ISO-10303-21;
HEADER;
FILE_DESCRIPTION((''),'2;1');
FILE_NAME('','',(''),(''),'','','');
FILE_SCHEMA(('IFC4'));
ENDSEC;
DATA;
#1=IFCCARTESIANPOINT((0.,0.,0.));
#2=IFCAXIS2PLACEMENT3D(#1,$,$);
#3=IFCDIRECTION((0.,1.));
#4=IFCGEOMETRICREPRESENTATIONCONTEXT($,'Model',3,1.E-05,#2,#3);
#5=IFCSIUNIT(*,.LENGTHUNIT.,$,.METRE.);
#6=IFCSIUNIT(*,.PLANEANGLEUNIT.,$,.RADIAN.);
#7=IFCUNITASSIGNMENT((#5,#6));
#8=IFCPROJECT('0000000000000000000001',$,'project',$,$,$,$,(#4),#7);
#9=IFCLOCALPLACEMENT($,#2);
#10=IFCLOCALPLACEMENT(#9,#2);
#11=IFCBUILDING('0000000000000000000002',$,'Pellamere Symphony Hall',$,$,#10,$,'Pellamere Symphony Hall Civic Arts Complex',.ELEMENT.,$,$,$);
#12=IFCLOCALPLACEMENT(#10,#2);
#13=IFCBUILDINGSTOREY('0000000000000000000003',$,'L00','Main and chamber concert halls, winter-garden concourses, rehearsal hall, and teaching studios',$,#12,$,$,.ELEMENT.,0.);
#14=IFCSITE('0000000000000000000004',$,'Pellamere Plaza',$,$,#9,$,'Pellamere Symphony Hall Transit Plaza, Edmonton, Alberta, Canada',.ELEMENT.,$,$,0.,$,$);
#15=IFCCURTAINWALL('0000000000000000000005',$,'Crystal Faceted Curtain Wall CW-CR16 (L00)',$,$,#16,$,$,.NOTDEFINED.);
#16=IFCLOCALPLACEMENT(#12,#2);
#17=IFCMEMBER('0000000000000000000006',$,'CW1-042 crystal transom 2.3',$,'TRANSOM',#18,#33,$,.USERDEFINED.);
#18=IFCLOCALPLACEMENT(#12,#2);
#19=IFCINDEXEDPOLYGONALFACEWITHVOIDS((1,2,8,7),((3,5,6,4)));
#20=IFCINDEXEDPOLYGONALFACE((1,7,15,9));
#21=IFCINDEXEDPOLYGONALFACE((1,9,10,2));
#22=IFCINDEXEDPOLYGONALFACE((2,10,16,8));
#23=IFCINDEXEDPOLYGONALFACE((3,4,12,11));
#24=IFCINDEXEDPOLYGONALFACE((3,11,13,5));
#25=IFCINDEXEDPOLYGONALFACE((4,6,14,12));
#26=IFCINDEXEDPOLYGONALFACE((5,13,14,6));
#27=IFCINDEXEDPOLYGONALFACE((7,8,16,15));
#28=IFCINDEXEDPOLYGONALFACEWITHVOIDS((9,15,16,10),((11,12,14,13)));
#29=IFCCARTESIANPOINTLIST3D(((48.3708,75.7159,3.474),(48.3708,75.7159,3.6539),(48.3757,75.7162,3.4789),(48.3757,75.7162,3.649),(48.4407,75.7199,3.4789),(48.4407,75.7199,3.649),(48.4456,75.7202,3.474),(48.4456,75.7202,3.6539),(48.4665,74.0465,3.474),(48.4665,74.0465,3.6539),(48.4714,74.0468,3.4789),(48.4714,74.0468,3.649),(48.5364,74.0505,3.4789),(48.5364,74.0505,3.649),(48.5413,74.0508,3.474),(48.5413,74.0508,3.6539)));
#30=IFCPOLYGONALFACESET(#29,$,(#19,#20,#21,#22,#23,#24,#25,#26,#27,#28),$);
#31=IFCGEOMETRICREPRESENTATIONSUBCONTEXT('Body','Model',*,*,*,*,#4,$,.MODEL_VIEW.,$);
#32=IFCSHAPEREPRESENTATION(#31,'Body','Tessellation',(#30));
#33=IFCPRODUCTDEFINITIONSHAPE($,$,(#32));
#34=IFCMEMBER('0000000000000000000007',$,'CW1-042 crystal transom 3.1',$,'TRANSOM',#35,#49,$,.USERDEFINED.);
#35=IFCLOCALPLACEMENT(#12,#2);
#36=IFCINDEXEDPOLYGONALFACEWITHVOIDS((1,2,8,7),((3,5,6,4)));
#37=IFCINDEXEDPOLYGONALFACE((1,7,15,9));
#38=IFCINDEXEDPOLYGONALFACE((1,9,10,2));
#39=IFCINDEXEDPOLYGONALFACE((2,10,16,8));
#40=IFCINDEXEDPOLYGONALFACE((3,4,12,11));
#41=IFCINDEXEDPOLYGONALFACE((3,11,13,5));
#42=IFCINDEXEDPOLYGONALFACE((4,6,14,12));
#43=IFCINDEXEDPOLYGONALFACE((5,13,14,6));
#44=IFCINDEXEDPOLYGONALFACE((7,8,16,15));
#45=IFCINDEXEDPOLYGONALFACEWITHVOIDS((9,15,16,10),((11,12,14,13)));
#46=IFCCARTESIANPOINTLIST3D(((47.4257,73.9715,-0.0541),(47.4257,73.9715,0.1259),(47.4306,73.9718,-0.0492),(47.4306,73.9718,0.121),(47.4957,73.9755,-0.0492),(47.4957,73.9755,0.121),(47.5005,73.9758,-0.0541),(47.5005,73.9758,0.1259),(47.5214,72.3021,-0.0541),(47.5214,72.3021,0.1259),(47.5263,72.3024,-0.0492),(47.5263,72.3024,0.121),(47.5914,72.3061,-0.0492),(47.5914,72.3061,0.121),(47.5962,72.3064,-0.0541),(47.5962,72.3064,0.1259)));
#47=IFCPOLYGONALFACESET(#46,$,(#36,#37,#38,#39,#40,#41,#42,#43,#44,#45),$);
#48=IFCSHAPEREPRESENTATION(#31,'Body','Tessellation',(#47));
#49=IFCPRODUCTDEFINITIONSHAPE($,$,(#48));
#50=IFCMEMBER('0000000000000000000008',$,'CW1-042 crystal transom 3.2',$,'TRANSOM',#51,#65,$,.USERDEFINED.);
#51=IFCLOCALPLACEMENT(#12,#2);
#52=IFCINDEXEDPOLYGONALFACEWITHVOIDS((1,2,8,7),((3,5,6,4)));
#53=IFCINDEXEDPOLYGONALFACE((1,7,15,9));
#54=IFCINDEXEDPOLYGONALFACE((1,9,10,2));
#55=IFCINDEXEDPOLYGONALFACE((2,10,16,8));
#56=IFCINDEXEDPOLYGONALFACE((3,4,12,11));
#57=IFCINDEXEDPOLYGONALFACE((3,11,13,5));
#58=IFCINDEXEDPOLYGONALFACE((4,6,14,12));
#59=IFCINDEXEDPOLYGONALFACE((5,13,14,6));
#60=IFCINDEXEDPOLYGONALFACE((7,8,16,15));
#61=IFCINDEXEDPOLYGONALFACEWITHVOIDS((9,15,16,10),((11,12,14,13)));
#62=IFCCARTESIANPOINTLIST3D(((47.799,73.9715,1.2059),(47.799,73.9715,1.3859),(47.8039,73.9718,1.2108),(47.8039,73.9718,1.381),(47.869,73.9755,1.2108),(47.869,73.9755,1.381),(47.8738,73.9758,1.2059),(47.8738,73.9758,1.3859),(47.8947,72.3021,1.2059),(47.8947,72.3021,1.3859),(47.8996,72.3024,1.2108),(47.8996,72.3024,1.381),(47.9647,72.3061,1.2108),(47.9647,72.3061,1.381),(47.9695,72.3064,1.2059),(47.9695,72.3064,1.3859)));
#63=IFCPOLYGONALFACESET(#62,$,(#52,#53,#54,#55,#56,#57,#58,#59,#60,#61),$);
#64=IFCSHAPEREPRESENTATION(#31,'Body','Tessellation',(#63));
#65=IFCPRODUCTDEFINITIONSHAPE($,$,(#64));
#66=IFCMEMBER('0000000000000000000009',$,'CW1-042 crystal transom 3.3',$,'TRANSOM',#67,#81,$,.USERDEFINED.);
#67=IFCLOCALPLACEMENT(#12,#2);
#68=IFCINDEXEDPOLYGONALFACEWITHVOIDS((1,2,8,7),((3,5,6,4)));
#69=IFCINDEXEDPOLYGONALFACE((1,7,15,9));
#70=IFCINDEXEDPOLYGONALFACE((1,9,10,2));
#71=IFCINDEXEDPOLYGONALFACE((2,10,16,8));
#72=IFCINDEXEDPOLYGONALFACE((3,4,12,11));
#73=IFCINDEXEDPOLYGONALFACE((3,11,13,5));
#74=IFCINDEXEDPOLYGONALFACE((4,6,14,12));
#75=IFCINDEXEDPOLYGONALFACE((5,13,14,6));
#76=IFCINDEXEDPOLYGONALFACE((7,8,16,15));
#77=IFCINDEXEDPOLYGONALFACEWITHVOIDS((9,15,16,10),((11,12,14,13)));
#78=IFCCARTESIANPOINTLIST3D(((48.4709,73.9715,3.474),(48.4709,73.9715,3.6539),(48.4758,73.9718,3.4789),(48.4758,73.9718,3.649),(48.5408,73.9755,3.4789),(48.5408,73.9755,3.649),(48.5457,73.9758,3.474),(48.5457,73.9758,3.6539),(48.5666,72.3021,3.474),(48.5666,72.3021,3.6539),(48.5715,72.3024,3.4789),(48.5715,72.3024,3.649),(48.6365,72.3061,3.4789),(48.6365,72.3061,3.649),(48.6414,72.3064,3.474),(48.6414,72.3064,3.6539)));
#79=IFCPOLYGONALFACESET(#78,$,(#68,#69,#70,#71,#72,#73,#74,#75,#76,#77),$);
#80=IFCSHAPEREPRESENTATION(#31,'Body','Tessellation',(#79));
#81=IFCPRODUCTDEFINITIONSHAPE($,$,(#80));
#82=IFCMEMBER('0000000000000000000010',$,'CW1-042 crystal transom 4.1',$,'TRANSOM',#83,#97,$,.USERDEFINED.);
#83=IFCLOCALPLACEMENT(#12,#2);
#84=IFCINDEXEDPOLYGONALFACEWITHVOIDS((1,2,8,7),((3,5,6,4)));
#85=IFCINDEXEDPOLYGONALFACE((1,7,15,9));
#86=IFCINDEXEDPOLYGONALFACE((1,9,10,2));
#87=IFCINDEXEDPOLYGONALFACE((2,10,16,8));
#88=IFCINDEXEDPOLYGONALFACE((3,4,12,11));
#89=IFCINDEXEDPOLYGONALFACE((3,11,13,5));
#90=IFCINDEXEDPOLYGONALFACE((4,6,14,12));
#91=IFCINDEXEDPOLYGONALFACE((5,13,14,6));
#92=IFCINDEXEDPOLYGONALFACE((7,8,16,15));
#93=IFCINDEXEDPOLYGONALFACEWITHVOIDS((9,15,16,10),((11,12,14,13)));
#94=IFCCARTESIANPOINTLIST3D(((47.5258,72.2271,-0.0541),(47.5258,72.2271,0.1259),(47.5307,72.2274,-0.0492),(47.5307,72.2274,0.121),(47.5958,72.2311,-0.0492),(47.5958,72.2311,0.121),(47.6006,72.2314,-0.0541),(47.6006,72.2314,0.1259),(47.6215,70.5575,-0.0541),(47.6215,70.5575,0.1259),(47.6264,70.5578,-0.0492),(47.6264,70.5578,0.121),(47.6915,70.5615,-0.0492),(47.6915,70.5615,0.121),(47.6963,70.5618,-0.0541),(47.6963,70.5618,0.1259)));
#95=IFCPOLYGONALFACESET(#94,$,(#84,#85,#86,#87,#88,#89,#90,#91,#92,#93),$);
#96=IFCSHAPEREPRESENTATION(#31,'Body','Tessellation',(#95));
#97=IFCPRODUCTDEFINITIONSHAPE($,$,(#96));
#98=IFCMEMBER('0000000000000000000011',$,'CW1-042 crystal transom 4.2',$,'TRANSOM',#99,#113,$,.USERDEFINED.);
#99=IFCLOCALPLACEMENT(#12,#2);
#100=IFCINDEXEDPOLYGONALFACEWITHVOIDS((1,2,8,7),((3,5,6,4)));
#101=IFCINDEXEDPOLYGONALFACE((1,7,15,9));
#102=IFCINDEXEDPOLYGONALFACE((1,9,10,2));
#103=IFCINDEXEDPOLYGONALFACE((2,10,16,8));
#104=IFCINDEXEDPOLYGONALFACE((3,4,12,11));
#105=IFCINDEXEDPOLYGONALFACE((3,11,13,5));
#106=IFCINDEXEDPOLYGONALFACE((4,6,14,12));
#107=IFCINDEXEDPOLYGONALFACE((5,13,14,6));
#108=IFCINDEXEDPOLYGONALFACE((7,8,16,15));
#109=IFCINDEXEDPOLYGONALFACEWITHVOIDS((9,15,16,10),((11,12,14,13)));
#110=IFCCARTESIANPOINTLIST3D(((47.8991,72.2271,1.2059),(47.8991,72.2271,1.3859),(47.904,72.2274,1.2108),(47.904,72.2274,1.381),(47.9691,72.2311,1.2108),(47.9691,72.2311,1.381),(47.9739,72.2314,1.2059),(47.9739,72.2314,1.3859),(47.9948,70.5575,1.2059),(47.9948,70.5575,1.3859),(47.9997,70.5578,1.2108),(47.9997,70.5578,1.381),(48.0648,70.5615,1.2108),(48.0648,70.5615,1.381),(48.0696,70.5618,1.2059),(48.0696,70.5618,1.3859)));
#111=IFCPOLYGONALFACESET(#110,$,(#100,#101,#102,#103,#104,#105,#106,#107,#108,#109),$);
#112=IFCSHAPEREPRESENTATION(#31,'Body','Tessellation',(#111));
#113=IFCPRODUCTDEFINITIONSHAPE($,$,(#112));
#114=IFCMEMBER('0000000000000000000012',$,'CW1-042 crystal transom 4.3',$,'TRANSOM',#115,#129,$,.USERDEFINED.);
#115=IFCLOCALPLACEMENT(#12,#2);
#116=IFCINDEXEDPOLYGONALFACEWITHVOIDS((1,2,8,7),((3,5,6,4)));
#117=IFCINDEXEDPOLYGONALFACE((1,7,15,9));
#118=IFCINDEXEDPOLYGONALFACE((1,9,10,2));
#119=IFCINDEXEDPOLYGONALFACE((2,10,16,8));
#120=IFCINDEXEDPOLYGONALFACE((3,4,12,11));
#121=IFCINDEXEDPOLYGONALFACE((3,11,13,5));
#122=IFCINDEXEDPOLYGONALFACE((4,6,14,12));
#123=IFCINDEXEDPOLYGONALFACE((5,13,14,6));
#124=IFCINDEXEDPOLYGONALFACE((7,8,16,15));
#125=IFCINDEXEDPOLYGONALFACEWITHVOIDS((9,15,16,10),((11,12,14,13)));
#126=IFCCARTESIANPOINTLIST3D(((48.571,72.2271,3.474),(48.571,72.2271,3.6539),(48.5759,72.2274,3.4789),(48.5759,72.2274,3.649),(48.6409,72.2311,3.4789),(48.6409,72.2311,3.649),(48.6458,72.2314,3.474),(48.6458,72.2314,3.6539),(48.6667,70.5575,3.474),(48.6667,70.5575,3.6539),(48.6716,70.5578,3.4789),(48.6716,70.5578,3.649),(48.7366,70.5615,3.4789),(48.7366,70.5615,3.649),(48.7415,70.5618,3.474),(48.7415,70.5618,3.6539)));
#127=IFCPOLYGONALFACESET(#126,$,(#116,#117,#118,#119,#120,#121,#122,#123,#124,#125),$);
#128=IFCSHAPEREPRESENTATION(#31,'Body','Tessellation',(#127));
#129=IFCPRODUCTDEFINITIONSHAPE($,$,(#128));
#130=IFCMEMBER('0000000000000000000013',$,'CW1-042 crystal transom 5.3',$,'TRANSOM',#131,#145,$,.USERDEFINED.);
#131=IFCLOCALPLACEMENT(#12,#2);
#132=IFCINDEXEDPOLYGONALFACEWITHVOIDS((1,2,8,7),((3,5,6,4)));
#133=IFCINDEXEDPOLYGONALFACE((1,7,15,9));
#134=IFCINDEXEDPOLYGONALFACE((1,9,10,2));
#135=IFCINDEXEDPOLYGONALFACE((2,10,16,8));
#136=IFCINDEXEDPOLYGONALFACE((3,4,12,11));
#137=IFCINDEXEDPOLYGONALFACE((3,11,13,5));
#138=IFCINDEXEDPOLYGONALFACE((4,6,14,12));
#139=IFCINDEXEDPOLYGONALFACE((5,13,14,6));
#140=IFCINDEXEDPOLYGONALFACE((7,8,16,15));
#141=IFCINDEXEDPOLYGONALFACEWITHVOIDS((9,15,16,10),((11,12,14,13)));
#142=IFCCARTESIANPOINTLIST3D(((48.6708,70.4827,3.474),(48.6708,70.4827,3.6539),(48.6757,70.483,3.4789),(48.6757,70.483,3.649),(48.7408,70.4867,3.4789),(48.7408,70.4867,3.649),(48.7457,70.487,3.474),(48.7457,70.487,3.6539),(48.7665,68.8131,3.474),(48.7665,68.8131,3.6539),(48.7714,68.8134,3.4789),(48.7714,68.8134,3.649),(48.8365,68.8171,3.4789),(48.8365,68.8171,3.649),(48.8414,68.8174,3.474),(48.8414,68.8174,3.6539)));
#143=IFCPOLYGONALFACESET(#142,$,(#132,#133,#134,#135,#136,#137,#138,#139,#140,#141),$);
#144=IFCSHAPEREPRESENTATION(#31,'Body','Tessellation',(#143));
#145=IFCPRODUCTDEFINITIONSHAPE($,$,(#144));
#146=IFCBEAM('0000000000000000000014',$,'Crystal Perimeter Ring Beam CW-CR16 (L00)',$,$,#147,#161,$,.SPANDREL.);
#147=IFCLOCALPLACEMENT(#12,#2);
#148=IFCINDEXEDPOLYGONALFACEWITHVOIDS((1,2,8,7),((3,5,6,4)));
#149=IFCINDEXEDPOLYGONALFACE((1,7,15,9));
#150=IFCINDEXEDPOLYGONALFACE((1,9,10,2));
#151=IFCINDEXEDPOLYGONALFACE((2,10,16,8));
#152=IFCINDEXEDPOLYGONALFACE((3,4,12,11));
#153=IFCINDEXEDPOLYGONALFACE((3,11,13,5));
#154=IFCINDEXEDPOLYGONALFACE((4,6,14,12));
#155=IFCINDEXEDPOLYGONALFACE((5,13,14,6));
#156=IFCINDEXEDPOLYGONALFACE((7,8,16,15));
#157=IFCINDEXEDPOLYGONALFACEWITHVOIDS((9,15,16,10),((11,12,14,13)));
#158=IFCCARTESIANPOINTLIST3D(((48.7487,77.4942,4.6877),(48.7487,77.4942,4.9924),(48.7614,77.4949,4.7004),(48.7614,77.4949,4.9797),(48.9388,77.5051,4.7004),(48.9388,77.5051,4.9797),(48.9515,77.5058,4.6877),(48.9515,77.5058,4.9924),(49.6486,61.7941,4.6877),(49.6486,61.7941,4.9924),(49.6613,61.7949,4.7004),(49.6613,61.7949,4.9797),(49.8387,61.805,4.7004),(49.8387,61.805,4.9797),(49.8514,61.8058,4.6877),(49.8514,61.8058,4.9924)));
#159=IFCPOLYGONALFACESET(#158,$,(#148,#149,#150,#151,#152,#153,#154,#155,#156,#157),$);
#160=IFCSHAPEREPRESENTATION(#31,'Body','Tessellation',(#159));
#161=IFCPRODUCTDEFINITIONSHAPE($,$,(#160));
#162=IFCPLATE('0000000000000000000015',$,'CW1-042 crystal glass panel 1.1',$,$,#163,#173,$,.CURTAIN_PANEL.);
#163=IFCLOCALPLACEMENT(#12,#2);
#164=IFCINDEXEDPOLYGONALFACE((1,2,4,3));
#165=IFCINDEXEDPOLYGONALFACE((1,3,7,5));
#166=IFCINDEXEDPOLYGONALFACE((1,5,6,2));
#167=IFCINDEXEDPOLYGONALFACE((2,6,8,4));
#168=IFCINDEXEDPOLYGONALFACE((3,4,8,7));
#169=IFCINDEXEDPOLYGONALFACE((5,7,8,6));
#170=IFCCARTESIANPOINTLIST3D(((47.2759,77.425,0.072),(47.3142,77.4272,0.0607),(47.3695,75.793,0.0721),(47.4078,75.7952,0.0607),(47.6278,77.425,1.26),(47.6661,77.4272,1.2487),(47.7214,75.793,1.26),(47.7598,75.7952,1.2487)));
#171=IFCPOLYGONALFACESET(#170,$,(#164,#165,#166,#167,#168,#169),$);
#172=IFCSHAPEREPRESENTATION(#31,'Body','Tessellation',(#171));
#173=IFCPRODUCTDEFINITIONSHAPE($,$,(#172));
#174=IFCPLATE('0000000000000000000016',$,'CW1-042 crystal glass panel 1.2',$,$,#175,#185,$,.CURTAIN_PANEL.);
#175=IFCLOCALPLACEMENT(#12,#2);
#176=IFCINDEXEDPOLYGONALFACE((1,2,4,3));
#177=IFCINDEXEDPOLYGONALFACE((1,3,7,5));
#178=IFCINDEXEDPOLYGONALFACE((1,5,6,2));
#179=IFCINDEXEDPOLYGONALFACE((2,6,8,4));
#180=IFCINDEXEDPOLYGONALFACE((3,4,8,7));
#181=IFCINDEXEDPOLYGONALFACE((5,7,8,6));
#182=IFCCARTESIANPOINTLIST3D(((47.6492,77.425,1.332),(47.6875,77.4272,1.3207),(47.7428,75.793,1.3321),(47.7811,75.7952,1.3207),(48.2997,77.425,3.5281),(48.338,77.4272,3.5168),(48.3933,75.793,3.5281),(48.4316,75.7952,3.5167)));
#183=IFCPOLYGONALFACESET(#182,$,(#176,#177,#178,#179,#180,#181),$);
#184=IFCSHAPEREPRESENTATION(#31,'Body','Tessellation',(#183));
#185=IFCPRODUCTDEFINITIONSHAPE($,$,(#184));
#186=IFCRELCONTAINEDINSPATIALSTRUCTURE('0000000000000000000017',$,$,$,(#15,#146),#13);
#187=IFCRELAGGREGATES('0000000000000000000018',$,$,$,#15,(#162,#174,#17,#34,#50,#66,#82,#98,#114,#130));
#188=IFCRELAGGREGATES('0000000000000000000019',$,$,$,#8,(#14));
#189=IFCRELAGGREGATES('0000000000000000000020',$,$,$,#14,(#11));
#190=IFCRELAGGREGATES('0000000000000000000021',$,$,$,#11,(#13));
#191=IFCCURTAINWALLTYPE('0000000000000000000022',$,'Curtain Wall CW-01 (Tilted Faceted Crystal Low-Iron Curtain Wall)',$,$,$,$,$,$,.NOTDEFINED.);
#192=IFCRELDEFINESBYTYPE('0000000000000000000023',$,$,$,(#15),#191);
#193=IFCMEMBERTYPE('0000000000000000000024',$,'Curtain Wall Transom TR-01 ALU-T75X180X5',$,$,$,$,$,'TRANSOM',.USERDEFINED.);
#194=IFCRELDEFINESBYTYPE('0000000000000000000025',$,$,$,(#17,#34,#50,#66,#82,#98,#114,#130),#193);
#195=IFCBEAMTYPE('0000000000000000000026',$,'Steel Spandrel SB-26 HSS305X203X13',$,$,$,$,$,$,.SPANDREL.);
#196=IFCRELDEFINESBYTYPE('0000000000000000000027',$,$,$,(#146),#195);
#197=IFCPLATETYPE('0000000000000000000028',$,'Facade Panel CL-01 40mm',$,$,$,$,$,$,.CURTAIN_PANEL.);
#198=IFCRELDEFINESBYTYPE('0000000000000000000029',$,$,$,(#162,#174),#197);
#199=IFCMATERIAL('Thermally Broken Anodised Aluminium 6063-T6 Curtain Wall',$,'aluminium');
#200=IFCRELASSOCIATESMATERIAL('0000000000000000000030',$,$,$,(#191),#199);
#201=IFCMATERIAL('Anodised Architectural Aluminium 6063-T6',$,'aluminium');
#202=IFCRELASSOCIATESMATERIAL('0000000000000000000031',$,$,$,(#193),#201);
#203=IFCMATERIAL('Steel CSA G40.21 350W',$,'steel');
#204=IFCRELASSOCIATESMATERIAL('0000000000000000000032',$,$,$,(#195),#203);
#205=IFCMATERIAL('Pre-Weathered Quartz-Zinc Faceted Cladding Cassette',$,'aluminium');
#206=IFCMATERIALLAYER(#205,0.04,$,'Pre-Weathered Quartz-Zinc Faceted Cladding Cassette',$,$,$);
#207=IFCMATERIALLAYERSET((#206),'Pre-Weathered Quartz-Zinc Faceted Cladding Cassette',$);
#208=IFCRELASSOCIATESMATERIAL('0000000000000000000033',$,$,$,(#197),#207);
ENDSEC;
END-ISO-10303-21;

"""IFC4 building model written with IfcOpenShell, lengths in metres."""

from ifc_helpers import new_model, si_unit, direction, frame, origin, origin_2d, place, context, subcontext, project, spatial, polyline, hollow_rectangle, outline, extrude, material, layer, layer_set, material_profile, profile_set, type_object, element, aggregate, save


model = new_model("IFC4")

# Units and contexts
model_context = context("Model", 3, precision=1e-05, world=origin(), true_north=direction((0.0, 1.0)))
body_context = subcontext(model_context, "Body", "Model", "MODEL_VIEW")
ifc_project = project(units=[si_unit("LENGTHUNIT", "METRE"), si_unit("PLANEANGLEUNIT", "RADIAN")], contexts=[model_context])

# Site, building, storey
site_placement = place(None, origin())
site = spatial("IfcSite", under=ifc_project, at=site_placement, Name="Pellamere Plaza", LongName="Pellamere Symphony Hall Transit Plaza, Edmonton, Alberta, Canada", CompositionType="ELEMENT", RefElevation=0.0)
building_placement = place(site_placement, origin())
building = spatial("IfcBuilding", under=site, at=building_placement, Name="Pellamere Symphony Hall", LongName="Pellamere Symphony Hall Civic Arts Complex", CompositionType="ELEMENT")
storey_placement = place(building_placement, origin())
storey = spatial("IfcBuildingStorey", under=building, at=storey_placement, Name="L00", Description="Main and chamber concert halls, winter-garden concourses, rehearsal hall, and teaching studios", CompositionType="ELEMENT", Elevation=0.0)

# Curtain wall, members
ifc_material_1 = material(Name="Thermally Broken Anodised Aluminium 6063-T6 Curtain Wall", Category="aluminium")
curtain_wall_type = type_object("IfcCurtainWallType", Name="Curtain Wall CW-01 (Tilted Faceted Crystal Low-Iron Curtain Wall)", PredefinedType="NOTDEFINED", material=ifc_material_1)
curtain_wall_placement = place(storey_placement, origin())
curtain_wall = element("IfcCurtainWall", 1, at=curtain_wall_placement, inside=storey, type_object=curtain_wall_type, Name="Crystal Faceted Curtain Wall CW-CR16 (L00)", PredefinedType="NOTDEFINED")
ifc_material_2 = material(Name="Anodised Architectural Aluminium 6063-T6", Category="aluminium")
ifc_material_profile_1 = material_profile(ifc_material_2, hollow_rectangle(XDim=0.075, YDim=0.1799, WallThickness=0.0049, at=origin_2d()), Name="ALU-T75X180X5")
ifc_profile_set_1 = profile_set([ifc_material_profile_1], Name="Anodised Architectural Aluminium 6063-T6")
member_type_1 = type_object("IfcMemberType", Name="Curtain Wall Transom TR-01 ALU-T75X180X5", ElementType="TRANSOM", PredefinedType="USERDEFINED", material=ifc_profile_set_1)
member_1_placement = place(storey_placement, frame((48.4082, 75.718, 3.564), z_axis=(0.057233, -0.998361, 0.0), x_axis=(0.998361, 0.057233, 0.0)))
member_1 = element("IfcMember", 2, at=member_1_placement, type_object=member_type_1, Name="CW1-042 crystal transom 2.3", ObjectType="TRANSOM", PredefinedType="USERDEFINED", context=body_context, shape_type="SweptSolid", body=[
    extrude(hollow_rectangle(XDim=0.075, YDim=0.1799, WallThickness=0.0049, at=origin_2d()), origin(), (0.0, 0.0, 1.0), 1.6721),
])
member_2_placement = place(storey_placement, frame((47.4631, 73.9736, 0.0359), z_axis=(0.057233, -0.998361, 0.0), x_axis=(0.998361, 0.057233, 0.0)))
member_2 = element("IfcMember", 3, at=member_2_placement, type_object=member_type_1, Name="CW1-042 crystal transom 3.1", ObjectType="TRANSOM", PredefinedType="USERDEFINED", context=body_context, shape_type="SweptSolid", body=[
    extrude(hollow_rectangle(XDim=0.075, YDim=0.1799, WallThickness=0.0049, at=origin_2d()), origin(), (0.0, 0.0, 1.0), 1.6721),
])
member_3_placement = place(storey_placement, frame((47.8364, 73.9736, 1.2959), z_axis=(0.057233, -0.998361, 0.0), x_axis=(0.998361, 0.057233, 0.0)))
member_3 = element("IfcMember", 4, at=member_3_placement, type_object=member_type_1, Name="CW1-042 crystal transom 3.2", ObjectType="TRANSOM", PredefinedType="USERDEFINED", context=body_context, shape_type="SweptSolid", body=[
    extrude(hollow_rectangle(XDim=0.075, YDim=0.1799, WallThickness=0.0049, at=origin_2d()), origin(), (0.0, 0.0, 1.0), 1.6721),
])
member_4_placement = place(storey_placement, frame((48.5083, 73.9736, 3.564), z_axis=(0.057233, -0.998361, 0.0), x_axis=(0.998361, 0.057233, 0.0)))
member_4 = element("IfcMember", 5, at=member_4_placement, type_object=member_type_1, Name="CW1-042 crystal transom 3.3", ObjectType="TRANSOM", PredefinedType="USERDEFINED", context=body_context, shape_type="SweptSolid", body=[
    extrude(hollow_rectangle(XDim=0.075, YDim=0.1799, WallThickness=0.0049, at=origin_2d()), origin(), (0.0, 0.0, 1.0), 1.6721),
])
member_5_placement = place(storey_placement, frame((47.5632, 72.2292, 0.0359), z_axis=(0.057224, -0.998361, 0.0), x_axis=(0.998361, 0.057224, 0.0)))
member_5 = element("IfcMember", 6, at=member_5_placement, type_object=member_type_1, Name="CW1-042 crystal transom 4.1", ObjectType="TRANSOM", PredefinedType="USERDEFINED", context=body_context, shape_type="SweptSolid", body=[
    extrude(hollow_rectangle(XDim=0.075, YDim=0.1799, WallThickness=0.0049, at=origin_2d()), origin(), (0.0, 0.0, 1.0), 1.6724),
])
member_6_placement = place(storey_placement, frame((47.9365, 72.2292, 1.2959), z_axis=(0.057224, -0.998361, 0.0), x_axis=(0.998361, 0.057224, 0.0)))
member_6 = element("IfcMember", 7, at=member_6_placement, type_object=member_type_1, Name="CW1-042 crystal transom 4.2", ObjectType="TRANSOM", PredefinedType="USERDEFINED", context=body_context, shape_type="SweptSolid", body=[
    extrude(hollow_rectangle(XDim=0.075, YDim=0.1799, WallThickness=0.0049, at=origin_2d()), origin(), (0.0, 0.0, 1.0), 1.6724),
])
member_7_placement = place(storey_placement, frame((48.6084, 72.2292, 3.564), z_axis=(0.057224, -0.998361, 0.0), x_axis=(0.998361, 0.057224, 0.0)))
member_7 = element("IfcMember", 8, at=member_7_placement, type_object=member_type_1, Name="CW1-042 crystal transom 4.3", ObjectType="TRANSOM", PredefinedType="USERDEFINED", context=body_context, shape_type="SweptSolid", body=[
    extrude(hollow_rectangle(XDim=0.075, YDim=0.1799, WallThickness=0.0049, at=origin_2d()), origin(), (0.0, 0.0, 1.0), 1.6724),
])
member_8_placement = place(storey_placement, frame((48.7083, 70.4849, 3.564), z_axis=(0.057224, -0.998361, 0.0), x_axis=(0.998361, 0.057224, 0.0)))
member_8 = element("IfcMember", 9, at=member_8_placement, type_object=member_type_1, Name="CW1-042 crystal transom 5.3", ObjectType="TRANSOM", PredefinedType="USERDEFINED", context=body_context, shape_type="SweptSolid", body=[
    extrude(hollow_rectangle(XDim=0.075, YDim=0.1799, WallThickness=0.0049, at=origin_2d()), origin(), (0.0, 0.0, 1.0), 1.6724),
])

# Beam
ifc_material_3 = material(Name="Steel CSA G40.21 350W", Category="steel")
ifc_material_profile_2 = material_profile(ifc_material_3, hollow_rectangle(XDim=0.2031, YDim=0.3047, WallThickness=0.0127, at=origin_2d()), Name="HSS305X203X13")
ifc_profile_set_2 = profile_set([ifc_material_profile_2], Name="Steel CSA G40.21 350W")
beam_type = type_object("IfcBeamType", Name="Steel Spandrel SB-26 HSS305X203X13", PredefinedType="SPANDREL", material=ifc_profile_set_2)
beam_placement = place(storey_placement, frame((48.8501, 77.5, 4.8401), z_axis=(0.057225, -0.998361, 0.0), x_axis=(0.998361, 0.057225, 0.0)))
element("IfcBeam", 10, at=beam_placement, inside=storey, type_object=beam_type, Name="Crystal Perimeter Ring Beam CW-CR16 (L00)", PredefinedType="SPANDREL", context=body_context, shape_type="SweptSolid", body=[
    extrude(hollow_rectangle(XDim=0.2031, YDim=0.3047, WallThickness=0.0127, at=origin_2d()), origin(), (0.0, 0.0, 1.0), 15.7258),
])

# Plates
ifc_material_4 = material(Name="Pre-Weathered Quartz-Zinc Faceted Cladding Cassette", Category="aluminium")
ifc_layer_1 = layer(ifc_material_4, 0.04, Name="Pre-Weathered Quartz-Zinc Faceted Cladding Cassette")
ifc_layer_set_1 = layer_set([ifc_layer_1], Name="Pre-Weathered Quartz-Zinc Faceted Cladding Cassette")
plate_type_1 = type_object("IfcPlateType", Name="Facade Panel CL-01 40mm", PredefinedType="CURTAIN_PANEL", material=ifc_layer_set_1)
plate_1_placement = place(storey_placement, frame((47.2759, 77.425, 0.072), z_axis=(-0.957366, -0.054921, 0.283609), x_axis=(0.057279, -0.998358, 0.00002)))
plate_1 = element("IfcPlate", 11, at=plate_1_placement, type_object=plate_type_1, Name="CW1-042 crystal glass panel 1.1", PredefinedType="CURTAIN_PANEL", context=body_context, shape_type="SweptSolid", body=[
    extrude(outline(polyline([(0.0, 0.0), (1.6348, 0.0), (1.6549, 1.2388), (0.0202, 1.2389), (0.0, 0.0)])), origin(), (0.0, 0.0, -1.0), 0.04),
])
plate_2_placement = place(storey_placement, frame((47.6492, 77.425, 1.332), z_axis=(-0.957371, -0.054922, 0.283593), x_axis=(0.057279, -0.998358, 0.00002)))
plate_2 = element("IfcPlate", 12, at=plate_2_placement, type_object=plate_type_1, Name="CW1-042 crystal glass panel 1.2", PredefinedType="CURTAIN_PANEL", context=body_context, shape_type="SweptSolid", body=[
    extrude(outline(polyline([(0.0, 0.0), (1.6348, 0.0), (1.6721, 2.29), (0.0373, 2.2901), (0.0, 0.0)])), origin(), (0.0, 0.0, -1.0), 0.04),
])
aggregate(curtain_wall, [plate_1, plate_2, member_1, member_2, member_3, member_4, member_5, member_6, member_7, member_8])

save(model, "model.ifc")
